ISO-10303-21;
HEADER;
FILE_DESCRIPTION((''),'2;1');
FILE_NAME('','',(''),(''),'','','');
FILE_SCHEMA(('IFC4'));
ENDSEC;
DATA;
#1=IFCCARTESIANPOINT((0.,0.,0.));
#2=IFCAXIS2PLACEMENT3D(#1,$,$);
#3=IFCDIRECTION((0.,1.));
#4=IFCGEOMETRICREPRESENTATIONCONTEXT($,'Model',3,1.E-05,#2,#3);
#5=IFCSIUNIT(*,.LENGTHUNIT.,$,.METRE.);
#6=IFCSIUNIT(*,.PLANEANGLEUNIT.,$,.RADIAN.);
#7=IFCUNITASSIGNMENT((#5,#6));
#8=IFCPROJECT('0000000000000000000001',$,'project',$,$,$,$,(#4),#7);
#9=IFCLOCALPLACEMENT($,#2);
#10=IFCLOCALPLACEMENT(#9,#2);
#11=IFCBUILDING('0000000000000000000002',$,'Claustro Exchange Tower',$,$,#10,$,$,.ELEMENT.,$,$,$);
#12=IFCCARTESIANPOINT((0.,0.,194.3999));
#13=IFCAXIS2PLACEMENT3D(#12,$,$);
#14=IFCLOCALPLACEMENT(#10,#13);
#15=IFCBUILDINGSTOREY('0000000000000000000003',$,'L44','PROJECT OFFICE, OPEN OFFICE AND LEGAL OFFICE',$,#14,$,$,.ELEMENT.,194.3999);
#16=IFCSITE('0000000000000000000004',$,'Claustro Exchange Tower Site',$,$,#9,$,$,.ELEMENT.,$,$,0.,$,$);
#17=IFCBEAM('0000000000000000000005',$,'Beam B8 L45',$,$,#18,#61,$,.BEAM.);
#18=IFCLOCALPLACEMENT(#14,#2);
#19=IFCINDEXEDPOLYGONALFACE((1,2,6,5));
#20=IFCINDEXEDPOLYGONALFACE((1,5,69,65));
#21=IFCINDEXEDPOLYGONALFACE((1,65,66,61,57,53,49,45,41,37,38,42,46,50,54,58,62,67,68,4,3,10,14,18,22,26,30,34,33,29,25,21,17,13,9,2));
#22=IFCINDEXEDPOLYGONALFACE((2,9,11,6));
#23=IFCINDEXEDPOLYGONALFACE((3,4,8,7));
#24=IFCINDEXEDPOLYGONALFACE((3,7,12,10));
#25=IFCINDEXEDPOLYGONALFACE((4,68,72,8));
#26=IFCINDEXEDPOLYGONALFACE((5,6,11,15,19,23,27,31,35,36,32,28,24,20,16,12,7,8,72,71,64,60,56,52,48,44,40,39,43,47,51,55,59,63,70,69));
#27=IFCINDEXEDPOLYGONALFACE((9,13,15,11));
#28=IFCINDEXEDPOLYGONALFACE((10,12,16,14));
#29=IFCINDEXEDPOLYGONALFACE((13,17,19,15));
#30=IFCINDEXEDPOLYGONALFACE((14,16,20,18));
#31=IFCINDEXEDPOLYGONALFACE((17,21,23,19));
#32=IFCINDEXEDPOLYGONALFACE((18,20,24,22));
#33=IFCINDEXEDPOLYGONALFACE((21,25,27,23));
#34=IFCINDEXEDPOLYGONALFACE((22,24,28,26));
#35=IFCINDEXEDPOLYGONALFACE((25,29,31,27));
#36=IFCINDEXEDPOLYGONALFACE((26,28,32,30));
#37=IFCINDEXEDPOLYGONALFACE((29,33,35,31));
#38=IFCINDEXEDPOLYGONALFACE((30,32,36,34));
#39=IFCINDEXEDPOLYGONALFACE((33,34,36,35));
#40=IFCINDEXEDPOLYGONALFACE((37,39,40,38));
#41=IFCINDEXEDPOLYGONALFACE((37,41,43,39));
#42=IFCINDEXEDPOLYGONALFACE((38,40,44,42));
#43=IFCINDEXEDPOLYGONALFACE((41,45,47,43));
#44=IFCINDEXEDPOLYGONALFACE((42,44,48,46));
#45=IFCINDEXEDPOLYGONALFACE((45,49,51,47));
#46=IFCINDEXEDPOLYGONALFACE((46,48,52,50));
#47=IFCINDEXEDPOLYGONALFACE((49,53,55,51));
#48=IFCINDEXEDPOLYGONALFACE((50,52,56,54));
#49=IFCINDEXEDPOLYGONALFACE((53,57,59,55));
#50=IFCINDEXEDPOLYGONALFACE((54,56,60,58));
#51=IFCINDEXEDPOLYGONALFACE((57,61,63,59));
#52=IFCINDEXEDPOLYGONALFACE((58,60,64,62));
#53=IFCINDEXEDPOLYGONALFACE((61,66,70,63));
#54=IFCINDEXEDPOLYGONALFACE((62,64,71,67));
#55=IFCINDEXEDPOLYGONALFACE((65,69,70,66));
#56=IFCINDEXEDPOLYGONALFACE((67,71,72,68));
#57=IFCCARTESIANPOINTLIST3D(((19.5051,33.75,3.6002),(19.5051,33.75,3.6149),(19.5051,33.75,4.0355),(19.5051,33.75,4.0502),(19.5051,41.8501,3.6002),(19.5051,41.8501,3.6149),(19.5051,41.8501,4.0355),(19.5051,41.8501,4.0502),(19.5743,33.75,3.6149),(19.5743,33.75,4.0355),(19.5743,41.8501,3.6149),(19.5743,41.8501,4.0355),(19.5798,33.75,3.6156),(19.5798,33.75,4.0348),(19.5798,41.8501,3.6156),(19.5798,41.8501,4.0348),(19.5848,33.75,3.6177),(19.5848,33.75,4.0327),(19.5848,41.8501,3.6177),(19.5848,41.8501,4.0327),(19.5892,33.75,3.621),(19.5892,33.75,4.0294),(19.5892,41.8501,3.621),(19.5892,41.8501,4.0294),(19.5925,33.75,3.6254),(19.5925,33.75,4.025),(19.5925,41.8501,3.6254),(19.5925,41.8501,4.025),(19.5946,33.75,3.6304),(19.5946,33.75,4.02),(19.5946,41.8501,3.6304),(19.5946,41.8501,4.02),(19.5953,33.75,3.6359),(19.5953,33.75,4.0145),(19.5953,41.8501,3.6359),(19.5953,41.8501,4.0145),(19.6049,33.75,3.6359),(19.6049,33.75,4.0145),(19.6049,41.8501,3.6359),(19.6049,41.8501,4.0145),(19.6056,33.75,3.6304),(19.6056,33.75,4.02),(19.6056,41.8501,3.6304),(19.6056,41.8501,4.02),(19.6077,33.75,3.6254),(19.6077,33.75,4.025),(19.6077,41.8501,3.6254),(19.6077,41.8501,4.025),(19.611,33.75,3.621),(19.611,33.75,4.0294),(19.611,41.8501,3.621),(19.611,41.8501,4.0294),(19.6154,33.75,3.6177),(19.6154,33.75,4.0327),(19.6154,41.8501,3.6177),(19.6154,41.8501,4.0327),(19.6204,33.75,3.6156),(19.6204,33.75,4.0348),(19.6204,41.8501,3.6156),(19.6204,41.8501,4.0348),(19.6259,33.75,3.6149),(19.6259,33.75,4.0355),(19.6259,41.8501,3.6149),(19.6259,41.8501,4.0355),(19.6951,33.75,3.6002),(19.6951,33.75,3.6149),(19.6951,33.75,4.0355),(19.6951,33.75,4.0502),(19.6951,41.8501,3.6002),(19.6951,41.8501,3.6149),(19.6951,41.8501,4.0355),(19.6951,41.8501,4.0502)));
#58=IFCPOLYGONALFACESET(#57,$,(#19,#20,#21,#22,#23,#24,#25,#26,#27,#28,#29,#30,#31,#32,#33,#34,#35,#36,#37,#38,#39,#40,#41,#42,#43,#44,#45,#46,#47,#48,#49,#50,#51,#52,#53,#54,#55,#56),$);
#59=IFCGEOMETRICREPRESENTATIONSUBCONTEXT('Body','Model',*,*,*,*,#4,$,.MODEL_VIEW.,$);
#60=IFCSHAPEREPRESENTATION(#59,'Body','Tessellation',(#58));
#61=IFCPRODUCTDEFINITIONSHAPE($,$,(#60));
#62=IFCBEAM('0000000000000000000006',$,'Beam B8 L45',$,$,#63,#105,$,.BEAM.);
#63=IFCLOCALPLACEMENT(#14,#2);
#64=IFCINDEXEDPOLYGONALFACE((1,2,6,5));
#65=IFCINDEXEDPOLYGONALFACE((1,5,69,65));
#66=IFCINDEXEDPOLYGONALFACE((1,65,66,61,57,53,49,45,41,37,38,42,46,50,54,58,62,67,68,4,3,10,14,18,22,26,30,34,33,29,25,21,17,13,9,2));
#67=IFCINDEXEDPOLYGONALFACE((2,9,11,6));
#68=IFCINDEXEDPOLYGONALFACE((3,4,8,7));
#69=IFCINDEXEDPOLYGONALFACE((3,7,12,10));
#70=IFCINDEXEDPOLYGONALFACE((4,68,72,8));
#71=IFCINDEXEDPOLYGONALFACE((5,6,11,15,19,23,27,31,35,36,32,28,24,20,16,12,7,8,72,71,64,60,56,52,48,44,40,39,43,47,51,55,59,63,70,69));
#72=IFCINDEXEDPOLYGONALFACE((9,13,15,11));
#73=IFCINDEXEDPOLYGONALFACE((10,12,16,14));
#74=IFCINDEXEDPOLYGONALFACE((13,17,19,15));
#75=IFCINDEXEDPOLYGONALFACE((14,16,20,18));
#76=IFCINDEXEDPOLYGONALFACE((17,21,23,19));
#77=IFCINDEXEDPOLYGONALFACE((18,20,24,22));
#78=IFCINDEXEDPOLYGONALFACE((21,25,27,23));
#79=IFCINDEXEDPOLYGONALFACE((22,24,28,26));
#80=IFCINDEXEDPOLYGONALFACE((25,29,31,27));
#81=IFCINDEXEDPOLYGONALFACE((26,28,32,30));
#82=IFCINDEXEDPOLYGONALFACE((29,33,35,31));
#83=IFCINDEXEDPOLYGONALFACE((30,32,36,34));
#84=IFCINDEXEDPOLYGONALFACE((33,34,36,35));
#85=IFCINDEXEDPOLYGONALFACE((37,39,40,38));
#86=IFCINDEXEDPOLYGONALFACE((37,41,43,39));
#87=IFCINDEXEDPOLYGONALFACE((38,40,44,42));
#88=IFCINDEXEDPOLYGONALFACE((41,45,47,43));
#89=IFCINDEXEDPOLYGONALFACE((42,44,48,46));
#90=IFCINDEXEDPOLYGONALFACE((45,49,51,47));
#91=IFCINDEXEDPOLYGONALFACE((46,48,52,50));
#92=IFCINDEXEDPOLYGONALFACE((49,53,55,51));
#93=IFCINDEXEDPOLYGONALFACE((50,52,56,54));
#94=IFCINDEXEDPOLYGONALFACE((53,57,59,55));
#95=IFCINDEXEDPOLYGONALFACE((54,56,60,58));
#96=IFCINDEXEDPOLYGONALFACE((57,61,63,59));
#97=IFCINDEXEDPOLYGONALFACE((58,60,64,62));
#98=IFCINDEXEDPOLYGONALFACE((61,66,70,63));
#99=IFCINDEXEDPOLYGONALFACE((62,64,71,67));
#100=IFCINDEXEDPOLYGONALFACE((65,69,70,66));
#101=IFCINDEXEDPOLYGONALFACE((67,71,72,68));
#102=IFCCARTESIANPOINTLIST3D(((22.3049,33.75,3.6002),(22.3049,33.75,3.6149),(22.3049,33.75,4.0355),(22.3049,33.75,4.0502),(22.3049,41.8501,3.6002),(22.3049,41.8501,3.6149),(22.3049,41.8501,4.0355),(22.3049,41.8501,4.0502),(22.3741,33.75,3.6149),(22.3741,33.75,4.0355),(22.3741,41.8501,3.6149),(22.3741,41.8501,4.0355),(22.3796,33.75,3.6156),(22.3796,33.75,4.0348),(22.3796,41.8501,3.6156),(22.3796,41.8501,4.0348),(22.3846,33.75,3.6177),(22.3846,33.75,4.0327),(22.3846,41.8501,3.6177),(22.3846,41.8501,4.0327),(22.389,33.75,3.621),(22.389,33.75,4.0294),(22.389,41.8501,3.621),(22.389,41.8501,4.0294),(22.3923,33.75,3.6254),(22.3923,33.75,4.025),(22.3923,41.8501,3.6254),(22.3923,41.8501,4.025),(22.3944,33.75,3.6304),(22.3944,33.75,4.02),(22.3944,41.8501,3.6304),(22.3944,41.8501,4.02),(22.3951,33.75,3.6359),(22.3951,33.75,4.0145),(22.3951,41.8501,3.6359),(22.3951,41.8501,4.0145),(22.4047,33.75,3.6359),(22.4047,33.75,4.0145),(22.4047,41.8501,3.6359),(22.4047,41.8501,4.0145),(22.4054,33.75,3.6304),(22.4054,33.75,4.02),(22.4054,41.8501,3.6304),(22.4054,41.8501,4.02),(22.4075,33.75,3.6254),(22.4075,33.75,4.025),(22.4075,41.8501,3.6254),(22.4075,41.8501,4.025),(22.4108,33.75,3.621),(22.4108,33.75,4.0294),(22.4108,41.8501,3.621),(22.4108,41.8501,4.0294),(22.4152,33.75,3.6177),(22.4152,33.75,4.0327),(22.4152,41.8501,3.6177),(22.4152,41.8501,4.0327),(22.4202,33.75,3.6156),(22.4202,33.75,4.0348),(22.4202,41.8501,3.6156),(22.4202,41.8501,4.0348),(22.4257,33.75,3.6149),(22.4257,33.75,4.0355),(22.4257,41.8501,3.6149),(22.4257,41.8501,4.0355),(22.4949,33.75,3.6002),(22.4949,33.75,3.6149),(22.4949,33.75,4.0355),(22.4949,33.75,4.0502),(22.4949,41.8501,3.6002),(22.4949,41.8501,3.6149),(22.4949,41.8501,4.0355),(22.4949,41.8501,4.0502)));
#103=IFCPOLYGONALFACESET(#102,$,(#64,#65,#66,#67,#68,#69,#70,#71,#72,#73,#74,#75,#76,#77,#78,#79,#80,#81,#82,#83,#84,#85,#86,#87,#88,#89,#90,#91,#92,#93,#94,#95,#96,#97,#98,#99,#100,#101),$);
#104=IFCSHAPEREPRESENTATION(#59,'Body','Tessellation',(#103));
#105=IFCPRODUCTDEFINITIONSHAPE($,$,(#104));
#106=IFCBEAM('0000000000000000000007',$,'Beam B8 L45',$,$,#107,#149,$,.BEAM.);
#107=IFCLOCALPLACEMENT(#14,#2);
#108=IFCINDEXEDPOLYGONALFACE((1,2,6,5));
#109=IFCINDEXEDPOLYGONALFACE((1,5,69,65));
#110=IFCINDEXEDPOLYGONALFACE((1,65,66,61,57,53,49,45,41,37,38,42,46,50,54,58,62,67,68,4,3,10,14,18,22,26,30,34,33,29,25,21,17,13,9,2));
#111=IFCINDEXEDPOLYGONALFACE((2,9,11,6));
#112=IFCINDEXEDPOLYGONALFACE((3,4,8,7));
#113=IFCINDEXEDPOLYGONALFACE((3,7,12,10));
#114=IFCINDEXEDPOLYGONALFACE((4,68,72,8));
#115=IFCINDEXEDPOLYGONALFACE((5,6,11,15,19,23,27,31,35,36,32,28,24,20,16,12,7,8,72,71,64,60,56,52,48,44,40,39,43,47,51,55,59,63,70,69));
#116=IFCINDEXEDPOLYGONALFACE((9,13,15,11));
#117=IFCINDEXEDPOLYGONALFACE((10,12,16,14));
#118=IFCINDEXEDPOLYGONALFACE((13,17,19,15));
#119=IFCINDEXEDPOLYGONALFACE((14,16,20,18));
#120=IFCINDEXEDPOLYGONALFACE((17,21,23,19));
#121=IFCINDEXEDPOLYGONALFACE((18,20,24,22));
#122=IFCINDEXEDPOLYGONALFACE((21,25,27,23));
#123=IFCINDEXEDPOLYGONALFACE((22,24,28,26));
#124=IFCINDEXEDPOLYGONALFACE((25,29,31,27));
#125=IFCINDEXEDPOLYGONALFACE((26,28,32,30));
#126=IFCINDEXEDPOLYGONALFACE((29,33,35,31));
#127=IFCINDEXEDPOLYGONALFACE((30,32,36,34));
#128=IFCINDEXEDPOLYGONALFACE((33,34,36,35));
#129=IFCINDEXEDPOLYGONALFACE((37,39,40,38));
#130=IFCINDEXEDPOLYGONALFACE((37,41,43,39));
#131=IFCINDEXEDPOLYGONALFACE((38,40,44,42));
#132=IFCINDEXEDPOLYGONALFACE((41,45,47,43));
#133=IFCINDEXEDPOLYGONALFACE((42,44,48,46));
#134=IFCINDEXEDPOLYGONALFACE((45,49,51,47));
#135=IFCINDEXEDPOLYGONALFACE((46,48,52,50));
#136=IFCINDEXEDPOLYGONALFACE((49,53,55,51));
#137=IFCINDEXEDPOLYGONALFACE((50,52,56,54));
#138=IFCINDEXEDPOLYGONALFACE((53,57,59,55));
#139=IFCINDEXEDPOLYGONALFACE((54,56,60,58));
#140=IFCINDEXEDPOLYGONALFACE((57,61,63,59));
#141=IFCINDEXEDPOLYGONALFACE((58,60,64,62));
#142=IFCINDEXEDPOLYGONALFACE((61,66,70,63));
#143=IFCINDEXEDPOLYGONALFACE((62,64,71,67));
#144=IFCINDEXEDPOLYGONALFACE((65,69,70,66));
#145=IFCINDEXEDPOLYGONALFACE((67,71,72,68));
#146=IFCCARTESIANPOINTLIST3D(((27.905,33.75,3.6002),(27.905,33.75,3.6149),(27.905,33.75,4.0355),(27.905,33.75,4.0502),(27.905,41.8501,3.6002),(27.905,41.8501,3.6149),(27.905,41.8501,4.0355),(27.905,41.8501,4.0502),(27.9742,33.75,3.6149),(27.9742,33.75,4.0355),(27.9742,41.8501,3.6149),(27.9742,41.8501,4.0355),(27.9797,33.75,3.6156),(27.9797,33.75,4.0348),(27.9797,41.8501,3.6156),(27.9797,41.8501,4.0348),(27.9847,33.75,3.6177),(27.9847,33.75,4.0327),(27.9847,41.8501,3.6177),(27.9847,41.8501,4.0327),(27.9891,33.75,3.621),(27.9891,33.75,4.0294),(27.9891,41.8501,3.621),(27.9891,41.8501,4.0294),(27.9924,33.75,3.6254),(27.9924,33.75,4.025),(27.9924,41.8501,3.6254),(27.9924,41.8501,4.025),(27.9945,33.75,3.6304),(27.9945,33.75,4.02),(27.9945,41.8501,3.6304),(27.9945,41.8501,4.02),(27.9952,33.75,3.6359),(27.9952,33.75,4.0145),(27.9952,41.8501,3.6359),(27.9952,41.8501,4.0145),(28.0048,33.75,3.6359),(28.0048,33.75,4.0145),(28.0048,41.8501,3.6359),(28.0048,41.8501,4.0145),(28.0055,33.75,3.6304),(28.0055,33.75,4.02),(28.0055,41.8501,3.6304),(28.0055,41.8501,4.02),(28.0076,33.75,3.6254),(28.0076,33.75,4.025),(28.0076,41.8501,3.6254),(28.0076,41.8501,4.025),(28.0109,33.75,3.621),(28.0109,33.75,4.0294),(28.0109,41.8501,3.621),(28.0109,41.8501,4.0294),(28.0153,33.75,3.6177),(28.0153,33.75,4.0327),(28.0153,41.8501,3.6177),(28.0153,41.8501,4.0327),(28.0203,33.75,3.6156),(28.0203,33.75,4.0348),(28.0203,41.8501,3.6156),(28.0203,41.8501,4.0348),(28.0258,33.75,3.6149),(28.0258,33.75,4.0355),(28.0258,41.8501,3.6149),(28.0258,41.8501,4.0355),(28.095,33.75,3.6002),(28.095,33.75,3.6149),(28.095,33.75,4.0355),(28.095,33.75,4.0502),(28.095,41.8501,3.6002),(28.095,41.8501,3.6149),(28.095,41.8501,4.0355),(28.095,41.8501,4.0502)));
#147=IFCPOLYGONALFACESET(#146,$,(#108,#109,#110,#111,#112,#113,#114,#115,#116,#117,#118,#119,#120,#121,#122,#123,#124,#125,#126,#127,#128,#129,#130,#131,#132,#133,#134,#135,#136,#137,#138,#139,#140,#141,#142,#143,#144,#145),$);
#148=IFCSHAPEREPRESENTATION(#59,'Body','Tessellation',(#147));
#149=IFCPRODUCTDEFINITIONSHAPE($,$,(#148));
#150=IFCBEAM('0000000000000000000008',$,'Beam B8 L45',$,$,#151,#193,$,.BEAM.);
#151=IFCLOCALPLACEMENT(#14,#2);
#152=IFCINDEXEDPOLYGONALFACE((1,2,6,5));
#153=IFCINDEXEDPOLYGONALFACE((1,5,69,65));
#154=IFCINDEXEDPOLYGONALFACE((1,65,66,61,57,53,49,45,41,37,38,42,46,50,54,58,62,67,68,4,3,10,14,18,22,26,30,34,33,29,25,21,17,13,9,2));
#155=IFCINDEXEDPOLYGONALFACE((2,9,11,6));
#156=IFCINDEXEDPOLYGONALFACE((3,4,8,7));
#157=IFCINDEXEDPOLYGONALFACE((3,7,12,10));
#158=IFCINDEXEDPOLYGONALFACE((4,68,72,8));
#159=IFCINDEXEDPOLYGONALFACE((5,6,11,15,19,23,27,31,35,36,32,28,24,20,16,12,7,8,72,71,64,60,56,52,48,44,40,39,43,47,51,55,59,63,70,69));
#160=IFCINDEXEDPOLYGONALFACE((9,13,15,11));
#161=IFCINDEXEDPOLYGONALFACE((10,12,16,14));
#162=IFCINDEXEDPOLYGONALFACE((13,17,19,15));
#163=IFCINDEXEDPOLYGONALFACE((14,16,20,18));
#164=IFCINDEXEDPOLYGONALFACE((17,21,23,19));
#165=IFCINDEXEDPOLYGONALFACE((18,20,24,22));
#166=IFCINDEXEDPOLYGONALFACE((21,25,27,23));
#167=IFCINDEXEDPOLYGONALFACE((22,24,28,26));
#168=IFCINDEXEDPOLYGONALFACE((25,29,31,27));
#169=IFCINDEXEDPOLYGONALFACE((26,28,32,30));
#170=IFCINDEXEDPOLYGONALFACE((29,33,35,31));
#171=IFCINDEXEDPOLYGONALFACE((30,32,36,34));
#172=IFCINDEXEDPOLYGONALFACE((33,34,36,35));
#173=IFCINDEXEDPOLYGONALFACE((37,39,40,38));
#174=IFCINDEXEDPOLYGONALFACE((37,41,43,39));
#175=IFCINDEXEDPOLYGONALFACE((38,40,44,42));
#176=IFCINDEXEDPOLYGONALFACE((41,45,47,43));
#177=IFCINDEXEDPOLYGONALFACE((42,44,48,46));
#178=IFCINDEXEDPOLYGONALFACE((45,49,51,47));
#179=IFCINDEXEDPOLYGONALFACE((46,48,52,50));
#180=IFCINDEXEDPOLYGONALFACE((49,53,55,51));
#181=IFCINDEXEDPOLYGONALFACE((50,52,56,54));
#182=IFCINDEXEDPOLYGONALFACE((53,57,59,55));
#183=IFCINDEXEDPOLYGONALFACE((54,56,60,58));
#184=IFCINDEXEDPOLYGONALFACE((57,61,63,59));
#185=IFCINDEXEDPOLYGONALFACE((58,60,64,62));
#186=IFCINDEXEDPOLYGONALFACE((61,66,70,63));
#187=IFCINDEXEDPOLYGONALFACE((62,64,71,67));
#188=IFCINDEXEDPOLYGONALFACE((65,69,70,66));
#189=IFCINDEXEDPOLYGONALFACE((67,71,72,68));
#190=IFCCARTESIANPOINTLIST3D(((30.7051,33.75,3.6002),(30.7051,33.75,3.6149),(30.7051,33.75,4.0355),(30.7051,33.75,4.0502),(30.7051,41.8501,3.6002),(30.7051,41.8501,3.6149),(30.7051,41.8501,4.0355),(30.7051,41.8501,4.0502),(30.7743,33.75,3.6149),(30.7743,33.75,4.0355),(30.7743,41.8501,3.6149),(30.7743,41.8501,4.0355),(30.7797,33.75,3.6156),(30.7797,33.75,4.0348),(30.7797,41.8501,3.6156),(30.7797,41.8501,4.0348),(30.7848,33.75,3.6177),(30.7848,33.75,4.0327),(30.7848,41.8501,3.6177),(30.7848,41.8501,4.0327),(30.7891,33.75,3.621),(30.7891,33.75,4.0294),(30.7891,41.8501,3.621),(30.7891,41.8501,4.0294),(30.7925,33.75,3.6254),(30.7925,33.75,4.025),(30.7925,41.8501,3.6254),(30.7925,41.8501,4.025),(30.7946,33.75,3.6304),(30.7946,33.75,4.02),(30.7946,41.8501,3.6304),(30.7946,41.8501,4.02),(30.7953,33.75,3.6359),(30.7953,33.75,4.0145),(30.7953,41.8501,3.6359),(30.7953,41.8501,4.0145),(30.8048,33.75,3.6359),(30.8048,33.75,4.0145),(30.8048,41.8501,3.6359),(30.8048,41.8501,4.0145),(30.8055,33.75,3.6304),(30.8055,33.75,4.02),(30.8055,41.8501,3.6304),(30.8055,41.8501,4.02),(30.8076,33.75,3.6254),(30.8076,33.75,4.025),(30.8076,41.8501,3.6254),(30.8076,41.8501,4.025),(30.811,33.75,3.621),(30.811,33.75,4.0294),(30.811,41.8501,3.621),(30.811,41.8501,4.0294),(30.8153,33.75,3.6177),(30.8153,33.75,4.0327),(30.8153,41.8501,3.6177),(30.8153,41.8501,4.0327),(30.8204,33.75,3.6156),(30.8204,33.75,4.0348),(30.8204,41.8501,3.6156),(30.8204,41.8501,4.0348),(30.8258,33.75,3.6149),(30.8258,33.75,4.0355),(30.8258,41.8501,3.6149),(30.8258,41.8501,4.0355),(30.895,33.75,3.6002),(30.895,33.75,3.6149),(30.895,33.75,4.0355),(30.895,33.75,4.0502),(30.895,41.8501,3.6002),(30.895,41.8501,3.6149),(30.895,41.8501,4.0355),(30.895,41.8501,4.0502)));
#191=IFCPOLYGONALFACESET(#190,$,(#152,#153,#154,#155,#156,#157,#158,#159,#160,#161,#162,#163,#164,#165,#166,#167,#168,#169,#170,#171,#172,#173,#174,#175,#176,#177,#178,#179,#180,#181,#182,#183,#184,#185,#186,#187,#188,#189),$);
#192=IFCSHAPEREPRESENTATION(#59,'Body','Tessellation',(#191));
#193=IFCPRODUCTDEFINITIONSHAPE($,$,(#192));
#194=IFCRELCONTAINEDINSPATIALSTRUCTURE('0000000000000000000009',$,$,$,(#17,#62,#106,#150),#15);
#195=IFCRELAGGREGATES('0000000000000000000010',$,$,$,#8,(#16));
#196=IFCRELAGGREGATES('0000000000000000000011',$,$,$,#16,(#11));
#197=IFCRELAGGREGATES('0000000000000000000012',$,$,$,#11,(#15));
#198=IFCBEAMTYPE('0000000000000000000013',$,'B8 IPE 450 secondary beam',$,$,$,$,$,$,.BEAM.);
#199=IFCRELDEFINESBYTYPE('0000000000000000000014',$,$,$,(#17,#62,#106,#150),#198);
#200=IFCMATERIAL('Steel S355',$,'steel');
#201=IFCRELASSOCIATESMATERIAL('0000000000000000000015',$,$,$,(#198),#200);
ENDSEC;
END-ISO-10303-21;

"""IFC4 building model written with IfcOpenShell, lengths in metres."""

from ifc_helpers import new_model, si_unit, direction, frame, origin, origin_2d, place, context, subcontext, project, spatial, i_section, extrude, material, material_profile, profile_set, type_object, element, save


model = new_model("IFC4")

# Units and contexts
model_context = context("Model", 3, precision=1e-05, world=origin(), true_north=direction((0.0, 1.0)))
body_context = subcontext(model_context, "Body", "Model", "MODEL_VIEW")
ifc_project = project(units=[si_unit("LENGTHUNIT", "METRE"), si_unit("PLANEANGLEUNIT", "RADIAN")], contexts=[model_context])

# Site, building, storey
site_placement = place(None, origin())
site = spatial("IfcSite", under=ifc_project, at=site_placement, Name="Claustro Exchange Tower Site", CompositionType="ELEMENT", RefElevation=0.0)
building_placement = place(site_placement, origin())
building = spatial("IfcBuilding", under=site, at=building_placement, Name="Claustro Exchange Tower", CompositionType="ELEMENT")
storey_placement = place(building_placement, frame((0.0, 0.0, 194.3999)))
storey = spatial("IfcBuildingStorey", under=building, at=storey_placement, Name="L44", Description="PROJECT OFFICE, OPEN OFFICE AND LEGAL OFFICE", CompositionType="ELEMENT", Elevation=194.3999)

# Beams
ifc_material_1 = material(Name="Steel S355", Category="steel")
ifc_material_profile_1 = material_profile(ifc_material_1, i_section(OverallWidth=0.1899, OverallDepth=0.45, WebThickness=0.0095, FlangeThickness=0.0146, FilletRadius=0.021, at=origin_2d()), Name="IPE 450")
ifc_profile_set_1 = profile_set([ifc_material_profile_1], Name="Steel S355")
beam_type_1 = type_object("IfcBeamType", Name="B8 IPE 450 secondary beam", PredefinedType="BEAM", material=ifc_profile_set_1)
for number, where, z_axis, x_axis, name in (
    (1, (19.6001, 33.75, 3.8252), (0.0, 1.0, 0.0), (-1.0, 0.0, 0.0), "Beam B8 L45"),
    (2, (22.3999, 33.75, 3.8252), (0.0, 1.0, 0.0), (-1.0, 0.0, 0.0), "Beam B8 L45"),
    (3, (28.0, 33.75, 3.8252), (0.0, 1.0, 0.0), (-1.0, 0.0, 0.0), "Beam B8 L45"),
    (4, (30.8, 33.75, 3.8252), (0.0, 1.0, 0.0), (-1.0, 0.0, 0.0), "Beam B8 L45"),
):
    element("IfcBeam", number, at=place(storey_placement, frame(where, z_axis=z_axis, x_axis=x_axis)), inside=storey, type_object=beam_type_1, Name=name, PredefinedType="BEAM", context=body_context, shape_type="SweptSolid", body=[
        extrude(i_section(OverallWidth=0.1899, OverallDepth=0.45, WebThickness=0.0095, FlangeThickness=0.0146, FilletRadius=0.021, at=origin_2d()), origin(), (0.0, 0.0, 1.0), 8.1001),
    ])

save(model, "model.ifc")
